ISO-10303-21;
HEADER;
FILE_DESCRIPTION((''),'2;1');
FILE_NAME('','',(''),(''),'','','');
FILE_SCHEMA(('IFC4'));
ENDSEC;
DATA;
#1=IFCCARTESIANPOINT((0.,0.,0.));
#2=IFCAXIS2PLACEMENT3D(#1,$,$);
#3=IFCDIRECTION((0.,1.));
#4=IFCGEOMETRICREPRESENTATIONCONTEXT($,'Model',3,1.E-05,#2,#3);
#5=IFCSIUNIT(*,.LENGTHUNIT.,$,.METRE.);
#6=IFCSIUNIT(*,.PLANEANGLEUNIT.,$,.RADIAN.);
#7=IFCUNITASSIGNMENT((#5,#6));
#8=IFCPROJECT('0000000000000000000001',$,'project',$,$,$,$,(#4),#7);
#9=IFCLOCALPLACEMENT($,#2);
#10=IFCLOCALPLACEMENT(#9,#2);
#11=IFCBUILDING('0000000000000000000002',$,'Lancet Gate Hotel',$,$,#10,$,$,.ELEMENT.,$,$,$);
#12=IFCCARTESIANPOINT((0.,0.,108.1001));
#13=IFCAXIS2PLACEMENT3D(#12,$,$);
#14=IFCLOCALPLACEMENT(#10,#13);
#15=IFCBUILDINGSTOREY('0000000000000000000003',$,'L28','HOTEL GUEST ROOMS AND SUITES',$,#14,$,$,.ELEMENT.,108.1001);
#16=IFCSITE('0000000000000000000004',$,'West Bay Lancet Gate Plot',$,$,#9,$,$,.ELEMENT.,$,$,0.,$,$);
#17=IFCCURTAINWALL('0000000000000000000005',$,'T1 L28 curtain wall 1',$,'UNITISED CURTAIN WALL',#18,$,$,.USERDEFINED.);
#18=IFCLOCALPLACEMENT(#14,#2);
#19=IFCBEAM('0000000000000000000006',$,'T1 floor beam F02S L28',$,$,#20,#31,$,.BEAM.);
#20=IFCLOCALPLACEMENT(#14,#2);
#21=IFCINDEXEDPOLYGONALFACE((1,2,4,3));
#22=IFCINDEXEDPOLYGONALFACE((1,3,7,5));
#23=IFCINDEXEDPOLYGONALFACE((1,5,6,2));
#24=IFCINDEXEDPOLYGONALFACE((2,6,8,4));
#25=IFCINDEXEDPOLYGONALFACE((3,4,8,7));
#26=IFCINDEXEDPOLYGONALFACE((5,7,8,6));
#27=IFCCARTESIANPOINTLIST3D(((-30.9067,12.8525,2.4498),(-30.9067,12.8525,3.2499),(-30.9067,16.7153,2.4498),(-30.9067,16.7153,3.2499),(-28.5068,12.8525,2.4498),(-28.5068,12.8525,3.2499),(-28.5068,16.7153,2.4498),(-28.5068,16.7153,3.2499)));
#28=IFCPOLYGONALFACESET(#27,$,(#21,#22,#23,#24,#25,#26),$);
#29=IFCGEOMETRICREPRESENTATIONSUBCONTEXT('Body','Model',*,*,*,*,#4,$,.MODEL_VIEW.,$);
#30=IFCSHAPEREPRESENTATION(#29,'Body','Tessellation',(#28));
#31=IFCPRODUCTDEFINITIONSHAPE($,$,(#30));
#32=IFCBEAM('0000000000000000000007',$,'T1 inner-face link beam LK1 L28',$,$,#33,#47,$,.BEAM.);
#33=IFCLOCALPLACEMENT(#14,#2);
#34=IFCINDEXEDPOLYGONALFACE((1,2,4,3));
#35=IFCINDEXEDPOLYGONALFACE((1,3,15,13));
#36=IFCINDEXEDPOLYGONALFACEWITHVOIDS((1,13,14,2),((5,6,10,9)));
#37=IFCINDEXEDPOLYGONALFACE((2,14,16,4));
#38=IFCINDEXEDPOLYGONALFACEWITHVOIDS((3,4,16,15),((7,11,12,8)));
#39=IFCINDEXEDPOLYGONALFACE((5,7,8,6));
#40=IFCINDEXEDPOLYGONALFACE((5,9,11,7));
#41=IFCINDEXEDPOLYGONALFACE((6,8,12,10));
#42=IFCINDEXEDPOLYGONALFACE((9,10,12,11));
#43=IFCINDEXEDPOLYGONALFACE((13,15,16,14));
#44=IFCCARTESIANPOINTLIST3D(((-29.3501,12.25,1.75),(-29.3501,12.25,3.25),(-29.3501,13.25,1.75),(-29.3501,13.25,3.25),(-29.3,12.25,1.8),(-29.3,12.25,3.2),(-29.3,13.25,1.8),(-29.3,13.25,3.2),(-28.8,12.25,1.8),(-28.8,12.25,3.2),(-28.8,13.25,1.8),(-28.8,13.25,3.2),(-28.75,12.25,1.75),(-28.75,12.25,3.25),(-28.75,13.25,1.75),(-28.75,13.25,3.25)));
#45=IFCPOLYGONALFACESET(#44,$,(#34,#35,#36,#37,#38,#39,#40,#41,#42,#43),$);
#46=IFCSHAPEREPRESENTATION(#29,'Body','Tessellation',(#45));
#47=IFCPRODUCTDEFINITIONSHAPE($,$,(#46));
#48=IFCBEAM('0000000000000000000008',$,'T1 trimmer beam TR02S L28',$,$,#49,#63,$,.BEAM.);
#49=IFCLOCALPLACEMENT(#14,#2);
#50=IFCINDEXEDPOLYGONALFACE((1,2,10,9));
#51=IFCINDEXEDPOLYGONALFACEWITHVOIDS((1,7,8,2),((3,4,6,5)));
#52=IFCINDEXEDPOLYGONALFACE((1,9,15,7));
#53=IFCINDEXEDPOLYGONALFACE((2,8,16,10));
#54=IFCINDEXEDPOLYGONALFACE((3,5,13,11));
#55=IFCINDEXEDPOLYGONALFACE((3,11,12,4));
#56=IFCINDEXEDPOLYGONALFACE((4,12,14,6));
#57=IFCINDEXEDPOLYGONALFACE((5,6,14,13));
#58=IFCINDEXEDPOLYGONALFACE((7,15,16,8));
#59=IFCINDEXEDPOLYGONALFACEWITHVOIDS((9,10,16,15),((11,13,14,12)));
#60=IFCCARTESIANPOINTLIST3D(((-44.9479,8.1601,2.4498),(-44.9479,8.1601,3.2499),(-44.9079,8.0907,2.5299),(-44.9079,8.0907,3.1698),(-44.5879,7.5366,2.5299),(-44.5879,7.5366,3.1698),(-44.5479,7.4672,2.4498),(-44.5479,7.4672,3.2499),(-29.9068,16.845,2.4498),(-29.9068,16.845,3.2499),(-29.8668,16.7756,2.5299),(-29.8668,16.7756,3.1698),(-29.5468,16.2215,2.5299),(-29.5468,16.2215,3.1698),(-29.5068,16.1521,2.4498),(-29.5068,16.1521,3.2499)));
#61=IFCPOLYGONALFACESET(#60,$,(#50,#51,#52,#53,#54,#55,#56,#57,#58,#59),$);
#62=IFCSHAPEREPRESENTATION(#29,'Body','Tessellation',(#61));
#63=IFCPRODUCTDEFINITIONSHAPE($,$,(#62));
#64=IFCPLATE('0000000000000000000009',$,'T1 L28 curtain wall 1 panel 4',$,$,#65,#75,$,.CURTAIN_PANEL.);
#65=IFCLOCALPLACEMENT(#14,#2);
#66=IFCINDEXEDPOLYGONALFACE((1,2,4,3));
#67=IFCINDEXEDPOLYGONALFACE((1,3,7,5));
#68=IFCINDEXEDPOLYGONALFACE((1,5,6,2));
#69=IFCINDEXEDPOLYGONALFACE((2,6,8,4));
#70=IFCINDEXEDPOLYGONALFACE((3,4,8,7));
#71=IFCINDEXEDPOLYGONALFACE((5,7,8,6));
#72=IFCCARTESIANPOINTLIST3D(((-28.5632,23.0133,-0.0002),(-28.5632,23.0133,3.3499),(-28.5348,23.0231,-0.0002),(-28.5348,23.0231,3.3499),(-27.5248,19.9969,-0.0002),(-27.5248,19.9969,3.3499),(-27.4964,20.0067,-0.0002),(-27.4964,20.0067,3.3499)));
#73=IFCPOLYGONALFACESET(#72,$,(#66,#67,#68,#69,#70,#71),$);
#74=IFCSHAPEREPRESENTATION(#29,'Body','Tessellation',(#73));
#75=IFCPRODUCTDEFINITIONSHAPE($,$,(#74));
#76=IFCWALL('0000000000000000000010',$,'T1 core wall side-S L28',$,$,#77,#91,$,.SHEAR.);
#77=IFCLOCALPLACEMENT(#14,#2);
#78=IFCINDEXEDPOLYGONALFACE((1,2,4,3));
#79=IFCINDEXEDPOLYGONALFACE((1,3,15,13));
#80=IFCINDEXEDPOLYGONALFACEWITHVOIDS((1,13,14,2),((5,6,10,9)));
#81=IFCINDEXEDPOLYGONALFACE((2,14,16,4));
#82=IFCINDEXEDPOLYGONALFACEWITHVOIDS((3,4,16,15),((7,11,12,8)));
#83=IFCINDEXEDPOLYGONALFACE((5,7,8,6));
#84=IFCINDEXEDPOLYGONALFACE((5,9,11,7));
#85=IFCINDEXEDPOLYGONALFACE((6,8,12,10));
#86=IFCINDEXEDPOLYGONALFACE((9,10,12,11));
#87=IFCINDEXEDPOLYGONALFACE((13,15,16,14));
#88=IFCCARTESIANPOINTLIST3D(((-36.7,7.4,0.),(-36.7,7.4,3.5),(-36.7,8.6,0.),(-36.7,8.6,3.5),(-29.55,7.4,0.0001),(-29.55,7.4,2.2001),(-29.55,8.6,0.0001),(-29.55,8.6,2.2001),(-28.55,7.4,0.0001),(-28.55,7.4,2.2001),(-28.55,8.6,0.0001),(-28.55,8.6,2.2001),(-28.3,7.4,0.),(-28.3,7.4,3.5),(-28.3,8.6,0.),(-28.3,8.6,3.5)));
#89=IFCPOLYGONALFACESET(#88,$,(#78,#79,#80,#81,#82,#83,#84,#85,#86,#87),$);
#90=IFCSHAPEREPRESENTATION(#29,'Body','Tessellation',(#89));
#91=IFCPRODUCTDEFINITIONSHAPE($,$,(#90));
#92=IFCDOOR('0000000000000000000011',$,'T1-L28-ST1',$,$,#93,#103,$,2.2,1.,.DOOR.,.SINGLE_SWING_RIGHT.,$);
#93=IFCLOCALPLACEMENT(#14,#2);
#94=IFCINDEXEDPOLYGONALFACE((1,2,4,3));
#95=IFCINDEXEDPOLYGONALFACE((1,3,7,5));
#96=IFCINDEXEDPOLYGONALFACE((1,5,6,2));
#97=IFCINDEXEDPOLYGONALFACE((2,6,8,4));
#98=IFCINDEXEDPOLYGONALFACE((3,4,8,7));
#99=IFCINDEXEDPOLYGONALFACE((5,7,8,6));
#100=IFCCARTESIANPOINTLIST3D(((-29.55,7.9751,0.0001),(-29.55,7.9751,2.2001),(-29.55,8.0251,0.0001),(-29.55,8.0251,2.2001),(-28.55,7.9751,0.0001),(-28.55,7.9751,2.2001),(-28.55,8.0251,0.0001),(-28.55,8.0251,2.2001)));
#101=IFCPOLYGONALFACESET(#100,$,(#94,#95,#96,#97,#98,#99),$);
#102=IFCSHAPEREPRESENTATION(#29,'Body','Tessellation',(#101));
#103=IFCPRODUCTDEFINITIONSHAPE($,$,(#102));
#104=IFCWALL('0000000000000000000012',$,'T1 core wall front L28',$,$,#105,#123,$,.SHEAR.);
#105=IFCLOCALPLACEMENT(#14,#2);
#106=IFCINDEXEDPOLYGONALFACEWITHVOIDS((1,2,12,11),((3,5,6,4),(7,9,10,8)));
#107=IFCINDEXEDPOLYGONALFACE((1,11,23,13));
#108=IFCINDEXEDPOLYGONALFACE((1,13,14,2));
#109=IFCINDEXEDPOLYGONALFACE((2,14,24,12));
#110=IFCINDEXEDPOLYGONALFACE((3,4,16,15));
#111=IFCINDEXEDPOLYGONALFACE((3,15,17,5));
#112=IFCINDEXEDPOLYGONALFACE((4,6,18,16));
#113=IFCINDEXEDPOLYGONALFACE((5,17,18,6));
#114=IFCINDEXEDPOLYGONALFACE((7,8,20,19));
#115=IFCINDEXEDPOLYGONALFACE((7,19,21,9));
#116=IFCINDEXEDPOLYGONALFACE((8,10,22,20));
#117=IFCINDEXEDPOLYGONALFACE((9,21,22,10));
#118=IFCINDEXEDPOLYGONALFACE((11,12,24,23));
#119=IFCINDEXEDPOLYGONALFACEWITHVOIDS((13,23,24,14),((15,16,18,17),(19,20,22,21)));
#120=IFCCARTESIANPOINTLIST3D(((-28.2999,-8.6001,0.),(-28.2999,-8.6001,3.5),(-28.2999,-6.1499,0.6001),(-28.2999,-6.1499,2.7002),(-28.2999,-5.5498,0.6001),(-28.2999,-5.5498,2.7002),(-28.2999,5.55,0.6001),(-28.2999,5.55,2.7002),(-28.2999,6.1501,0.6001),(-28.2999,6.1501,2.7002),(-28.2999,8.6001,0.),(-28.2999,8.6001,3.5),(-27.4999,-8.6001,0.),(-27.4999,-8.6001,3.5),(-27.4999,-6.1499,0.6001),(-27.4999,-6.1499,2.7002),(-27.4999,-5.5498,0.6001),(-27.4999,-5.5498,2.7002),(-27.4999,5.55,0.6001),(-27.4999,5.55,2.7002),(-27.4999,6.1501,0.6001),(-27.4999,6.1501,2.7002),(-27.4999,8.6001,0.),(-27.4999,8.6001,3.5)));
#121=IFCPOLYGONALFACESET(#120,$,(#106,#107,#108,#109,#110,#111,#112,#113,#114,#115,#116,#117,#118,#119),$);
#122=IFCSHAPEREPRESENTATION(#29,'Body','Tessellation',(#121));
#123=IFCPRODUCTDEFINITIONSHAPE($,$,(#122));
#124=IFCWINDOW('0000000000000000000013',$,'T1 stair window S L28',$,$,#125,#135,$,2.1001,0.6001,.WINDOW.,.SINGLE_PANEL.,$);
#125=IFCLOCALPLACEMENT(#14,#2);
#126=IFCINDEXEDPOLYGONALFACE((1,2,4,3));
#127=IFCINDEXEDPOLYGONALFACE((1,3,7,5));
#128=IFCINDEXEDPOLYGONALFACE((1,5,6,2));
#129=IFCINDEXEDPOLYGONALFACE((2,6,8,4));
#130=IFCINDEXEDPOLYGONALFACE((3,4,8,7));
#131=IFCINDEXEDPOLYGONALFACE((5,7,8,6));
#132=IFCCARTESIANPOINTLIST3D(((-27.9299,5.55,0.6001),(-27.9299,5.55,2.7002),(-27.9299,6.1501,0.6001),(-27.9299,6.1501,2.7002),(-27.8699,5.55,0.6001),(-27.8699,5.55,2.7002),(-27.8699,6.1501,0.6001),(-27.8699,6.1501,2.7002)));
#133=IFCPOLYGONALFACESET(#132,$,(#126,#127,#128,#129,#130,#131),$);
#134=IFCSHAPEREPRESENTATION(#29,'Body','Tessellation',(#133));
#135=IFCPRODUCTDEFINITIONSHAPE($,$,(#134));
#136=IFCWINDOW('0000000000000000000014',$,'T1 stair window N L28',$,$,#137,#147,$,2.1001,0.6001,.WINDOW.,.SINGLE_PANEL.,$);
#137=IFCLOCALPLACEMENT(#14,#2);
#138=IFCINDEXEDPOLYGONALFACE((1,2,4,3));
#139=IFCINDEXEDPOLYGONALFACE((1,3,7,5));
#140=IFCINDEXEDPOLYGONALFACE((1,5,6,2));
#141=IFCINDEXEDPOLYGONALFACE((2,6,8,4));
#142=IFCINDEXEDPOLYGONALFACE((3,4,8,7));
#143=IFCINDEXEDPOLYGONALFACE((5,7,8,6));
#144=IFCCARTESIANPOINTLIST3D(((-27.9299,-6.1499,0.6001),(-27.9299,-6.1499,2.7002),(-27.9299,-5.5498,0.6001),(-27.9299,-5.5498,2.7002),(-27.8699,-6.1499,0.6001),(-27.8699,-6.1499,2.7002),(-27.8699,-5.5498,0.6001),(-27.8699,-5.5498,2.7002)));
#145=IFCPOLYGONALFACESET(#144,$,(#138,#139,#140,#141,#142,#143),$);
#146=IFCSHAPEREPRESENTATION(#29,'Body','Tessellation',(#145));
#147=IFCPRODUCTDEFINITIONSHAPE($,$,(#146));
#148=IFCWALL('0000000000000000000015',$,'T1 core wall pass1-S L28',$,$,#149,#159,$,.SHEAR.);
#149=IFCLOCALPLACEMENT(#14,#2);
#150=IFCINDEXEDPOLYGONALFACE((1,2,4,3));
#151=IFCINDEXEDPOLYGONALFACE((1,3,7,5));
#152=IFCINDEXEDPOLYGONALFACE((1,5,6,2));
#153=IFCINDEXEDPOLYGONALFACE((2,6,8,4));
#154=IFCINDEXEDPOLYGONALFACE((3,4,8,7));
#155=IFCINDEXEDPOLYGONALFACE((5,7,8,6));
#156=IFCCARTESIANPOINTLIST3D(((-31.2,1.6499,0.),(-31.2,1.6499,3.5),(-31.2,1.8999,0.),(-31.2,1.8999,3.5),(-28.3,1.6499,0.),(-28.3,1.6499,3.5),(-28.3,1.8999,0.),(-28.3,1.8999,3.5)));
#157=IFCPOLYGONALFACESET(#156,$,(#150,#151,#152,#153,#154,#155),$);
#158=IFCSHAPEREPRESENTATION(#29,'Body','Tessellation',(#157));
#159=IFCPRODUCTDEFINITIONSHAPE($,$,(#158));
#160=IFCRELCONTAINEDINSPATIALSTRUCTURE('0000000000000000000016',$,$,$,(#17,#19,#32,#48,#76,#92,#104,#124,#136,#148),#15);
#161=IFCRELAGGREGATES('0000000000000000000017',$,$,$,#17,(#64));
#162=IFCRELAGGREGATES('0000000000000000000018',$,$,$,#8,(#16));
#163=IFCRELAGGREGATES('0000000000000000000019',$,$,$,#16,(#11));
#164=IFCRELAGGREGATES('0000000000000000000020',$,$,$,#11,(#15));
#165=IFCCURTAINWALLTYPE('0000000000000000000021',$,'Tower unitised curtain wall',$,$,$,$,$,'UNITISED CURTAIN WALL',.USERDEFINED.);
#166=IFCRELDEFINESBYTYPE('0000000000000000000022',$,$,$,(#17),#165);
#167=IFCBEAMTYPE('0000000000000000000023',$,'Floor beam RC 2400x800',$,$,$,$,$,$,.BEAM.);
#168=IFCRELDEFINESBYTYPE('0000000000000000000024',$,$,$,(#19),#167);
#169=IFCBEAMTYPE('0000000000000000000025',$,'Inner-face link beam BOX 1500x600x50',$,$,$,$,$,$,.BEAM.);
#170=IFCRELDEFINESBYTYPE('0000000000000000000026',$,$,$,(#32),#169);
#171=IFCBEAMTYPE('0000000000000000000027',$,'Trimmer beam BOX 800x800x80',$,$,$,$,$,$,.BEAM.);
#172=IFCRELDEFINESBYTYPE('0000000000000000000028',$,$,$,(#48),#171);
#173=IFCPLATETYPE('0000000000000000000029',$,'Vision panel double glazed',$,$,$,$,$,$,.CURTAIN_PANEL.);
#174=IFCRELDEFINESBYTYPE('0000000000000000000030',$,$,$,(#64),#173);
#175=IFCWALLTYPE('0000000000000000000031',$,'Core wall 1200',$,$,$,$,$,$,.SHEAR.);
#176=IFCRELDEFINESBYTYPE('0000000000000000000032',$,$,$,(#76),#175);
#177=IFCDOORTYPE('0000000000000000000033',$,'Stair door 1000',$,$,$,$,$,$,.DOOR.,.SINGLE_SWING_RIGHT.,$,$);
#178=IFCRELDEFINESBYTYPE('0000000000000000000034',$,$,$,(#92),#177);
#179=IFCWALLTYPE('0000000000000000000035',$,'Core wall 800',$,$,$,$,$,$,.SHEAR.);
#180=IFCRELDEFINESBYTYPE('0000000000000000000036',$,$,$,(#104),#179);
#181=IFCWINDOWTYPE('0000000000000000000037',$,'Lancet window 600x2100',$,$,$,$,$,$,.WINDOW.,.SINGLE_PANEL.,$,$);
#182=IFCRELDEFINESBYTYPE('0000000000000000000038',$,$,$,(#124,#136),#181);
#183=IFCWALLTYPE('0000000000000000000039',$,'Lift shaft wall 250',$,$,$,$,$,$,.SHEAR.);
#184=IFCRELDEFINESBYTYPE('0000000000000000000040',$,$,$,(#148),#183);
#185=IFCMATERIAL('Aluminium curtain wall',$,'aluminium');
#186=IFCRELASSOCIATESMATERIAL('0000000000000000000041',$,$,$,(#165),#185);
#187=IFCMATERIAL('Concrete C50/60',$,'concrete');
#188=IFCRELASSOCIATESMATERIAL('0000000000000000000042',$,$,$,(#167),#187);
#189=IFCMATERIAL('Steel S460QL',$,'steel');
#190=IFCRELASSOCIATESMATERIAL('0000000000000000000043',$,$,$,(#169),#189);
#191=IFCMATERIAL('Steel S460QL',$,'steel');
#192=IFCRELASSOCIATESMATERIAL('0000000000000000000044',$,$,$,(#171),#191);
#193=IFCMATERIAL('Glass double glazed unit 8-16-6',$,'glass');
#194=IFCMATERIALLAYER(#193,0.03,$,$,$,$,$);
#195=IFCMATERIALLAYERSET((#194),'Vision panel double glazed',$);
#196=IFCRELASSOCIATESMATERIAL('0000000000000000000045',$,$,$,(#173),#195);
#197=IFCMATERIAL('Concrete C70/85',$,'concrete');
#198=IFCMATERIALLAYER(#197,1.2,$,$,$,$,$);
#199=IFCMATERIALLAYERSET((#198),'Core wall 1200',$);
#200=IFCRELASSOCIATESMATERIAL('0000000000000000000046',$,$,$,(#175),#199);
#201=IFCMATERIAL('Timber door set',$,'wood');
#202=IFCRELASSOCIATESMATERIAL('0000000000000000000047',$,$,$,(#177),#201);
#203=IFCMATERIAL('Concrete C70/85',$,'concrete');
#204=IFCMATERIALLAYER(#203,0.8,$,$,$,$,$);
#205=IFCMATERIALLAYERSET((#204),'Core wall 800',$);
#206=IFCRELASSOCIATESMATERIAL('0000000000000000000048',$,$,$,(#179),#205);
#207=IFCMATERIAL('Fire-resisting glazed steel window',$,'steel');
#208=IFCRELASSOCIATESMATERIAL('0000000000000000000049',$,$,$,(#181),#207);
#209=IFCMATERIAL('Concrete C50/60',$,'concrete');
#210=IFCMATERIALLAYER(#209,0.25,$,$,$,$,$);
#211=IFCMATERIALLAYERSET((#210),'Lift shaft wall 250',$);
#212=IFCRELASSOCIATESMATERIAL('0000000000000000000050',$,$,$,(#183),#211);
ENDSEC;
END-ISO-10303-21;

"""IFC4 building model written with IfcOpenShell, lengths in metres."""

from ifc_helpers import new_model, si_unit, direction, frame, frame_2d, origin, origin_2d, place, context, subcontext, project, spatial, rectangle, hollow_rectangle, extrude, material, layer, layer_set, material_profile, profile_set, type_object, element, fill, aggregate, save


model = new_model("IFC4")

# Units and contexts
model_context = context("Model", 3, precision=1e-05, world=origin(), true_north=direction((0.0, 1.0)))
body_context = subcontext(model_context, "Body", "Model", "MODEL_VIEW")
ifc_project = project(units=[si_unit("LENGTHUNIT", "METRE"), si_unit("PLANEANGLEUNIT", "RADIAN")], contexts=[model_context])

# Site, building, storey
site_placement = place(None, origin())
site = spatial("IfcSite", under=ifc_project, at=site_placement, Name="West Bay Lancet Gate Plot", CompositionType="ELEMENT", RefElevation=0.0)
building_placement = place(site_placement, origin())
building = spatial("IfcBuilding", under=site, at=building_placement, Name="Lancet Gate Hotel", CompositionType="ELEMENT")
storey_placement = place(building_placement, frame((0.0, 0.0, 108.1001)))
storey = spatial("IfcBuildingStorey", under=building, at=storey_placement, Name="L28", Description="HOTEL GUEST ROOMS AND SUITES", CompositionType="ELEMENT", Elevation=108.1001)

# Curtain wall
ifc_material_1 = material(Name="Aluminium curtain wall", Category="aluminium")
curtain_wall_type = type_object("IfcCurtainWallType", Name="Tower unitised curtain wall", ElementType="UNITISED CURTAIN WALL", PredefinedType="USERDEFINED", material=ifc_material_1)
curtain_wall_placement = place(storey_placement, origin())
curtain_wall = element("IfcCurtainWall", 1, at=curtain_wall_placement, inside=storey, type_object=curtain_wall_type, Name="T1 L28 curtain wall 1", ObjectType="UNITISED CURTAIN WALL", PredefinedType="USERDEFINED")

# Beams
ifc_material_2 = material(Name="Concrete C50/60", Category="concrete")
ifc_material_profile_1 = material_profile(ifc_material_2, rectangle(XDim=2.3999, YDim=0.8, at=origin_2d()), Name="RC 2400x800")
ifc_profile_set_1 = profile_set([ifc_material_profile_1], Name="Concrete C50/60")
beam_type_1 = type_object("IfcBeamType", Name="Floor beam RC 2400x800", PredefinedType="BEAM", material=ifc_profile_set_1)
beam_1_placement = place(storey_placement, frame((-29.7068, 16.7153, 2.8499), z_axis=(0.0, -1.0, 0.0), x_axis=(1.0, 0.0, 0.0)))
element("IfcBeam", 2, at=beam_1_placement, inside=storey, type_object=beam_type_1, Name="T1 floor beam F02S L28", PredefinedType="BEAM", context=body_context, shape_type="SweptSolid", body=[
    extrude(rectangle(XDim=2.3999, YDim=0.8, at=origin_2d()), origin(), (0.0, 0.0, 1.0), 3.8628),
])
ifc_material_3 = material(Name="Steel S460QL", Category="steel")
ifc_material_profile_2 = material_profile(ifc_material_3, hollow_rectangle(XDim=0.6001, YDim=1.5, WallThickness=0.05, at=origin_2d()), Name="BOX 1500x600x50")
ifc_profile_set_2 = profile_set([ifc_material_profile_2], Name="Steel S460QL")
beam_type_2 = type_object("IfcBeamType", Name="Inner-face link beam BOX 1500x600x50", PredefinedType="BEAM", material=ifc_profile_set_2)
beam_2_placement = place(storey_placement, frame((-29.05, 13.25, 2.5), z_axis=(0.0, -1.0, 0.0), x_axis=(1.0, 0.0, 0.0)))
element("IfcBeam", 3, at=beam_2_placement, inside=storey, type_object=beam_type_2, Name="T1 inner-face link beam LK1 L28", PredefinedType="BEAM", context=body_context, shape_type="SweptSolid", body=[
    extrude(hollow_rectangle(XDim=0.6001, YDim=1.5, WallThickness=0.05, at=origin_2d()), origin(), (0.0, 0.0, 1.0), 1.0),
])
ifc_material_4 = material(Name="Steel S460QL", Category="steel")
ifc_material_profile_3 = material_profile(ifc_material_4, hollow_rectangle(XDim=0.8, YDim=0.8, WallThickness=0.0801, at=origin_2d()), Name="BOX 800x800x80")
ifc_profile_set_3 = profile_set([ifc_material_profile_3], Name="Steel S460QL")
beam_type_3 = type_object("IfcBeamType", Name="Trimmer beam BOX 800x800x80", PredefinedType="BEAM", material=ifc_profile_set_3)
beam_3_placement = place(storey_placement, frame((-29.7068, 16.4985, 2.8499), z_axis=(-0.866003, -0.500038, 0.0), x_axis=(0.500038, -0.866003, 0.0)))
element("IfcBeam", 4, at=beam_3_placement, inside=storey, type_object=beam_type_3, Name="T1 trimmer beam TR02S L28", PredefinedType="BEAM", context=body_context, shape_type="SweptSolid", body=[
    extrude(hollow_rectangle(XDim=0.8, YDim=0.8, WallThickness=0.0801, at=origin_2d()), origin(), (0.0, 0.0, 1.0), 17.3684),
])

# Plate
ifc_material_5 = material(Name="Glass double glazed unit 8-16-6", Category="glass")
ifc_layer_1 = layer(ifc_material_5, 0.03)
ifc_layer_set_1 = layer_set([ifc_layer_1], Name="Vision panel double glazed")
plate_type = type_object("IfcPlateType", Name="Vision panel double glazed", PredefinedType="CURTAIN_PANEL", material=ifc_layer_set_1)
plate_placement = place(storey_placement, frame((-28.0298, 21.51, -0.0002), z_axis=(0.0, 0.0, 1.0), x_axis=(-0.325516, 0.945537, 0.0)))
plate = element("IfcPlate", 5, at=plate_placement, type_object=plate_type, Name="T1 L28 curtain wall 1 panel 4", PredefinedType="CURTAIN_PANEL", context=body_context, shape_type="SweptSolid", body=[
    extrude(rectangle(XDim=3.1902, YDim=0.03, at=origin_2d()), origin(), (0.0, 0.0, 1.0), 3.3501),
])
aggregate(curtain_wall, [plate])

# Wall, opening, door
ifc_material_6 = material(Name="Concrete C70/85", Category="concrete")
ifc_layer_2 = layer(ifc_material_6, 1.2)
ifc_layer_set_2 = layer_set([ifc_layer_2], Name="Core wall 1200")
wall_type_1 = type_object("IfcWallType", Name="Core wall 1200", PredefinedType="SHEAR", material=ifc_layer_set_2)
wall_1_placement = place(storey_placement, frame((-28.3, 8.0, 0.0), z_axis=(0.0, 0.0, 1.0), x_axis=(-1.0, 0.0, 0.0)))
wall_1 = element("IfcWall", 6, at=wall_1_placement, inside=storey, type_object=wall_type_1, Name="T1 core wall side-S L28", PredefinedType="SHEAR", context=body_context, shape_type="SweptSolid", body=[
    extrude(rectangle(XDim=8.3999, YDim=1.2, at=frame_2d((4.2, 0.0))), origin(), (0.0, 0.0, 1.0), 3.5),
])
opening_1_placement = place(wall_1_placement, frame((0.25, 0.0, 0.0)))
opening_1 = element("IfcOpeningElement", 7, at=opening_1_placement, cuts=wall_1, PredefinedType="OPENING", context=body_context, shape_type="SweptSolid", body=[
    extrude(rectangle(XDim=1.0, YDim=2.2, at=frame_2d((0.5, 1.1001))), frame((0.0, 0.6099, 0.0), z_axis=(0.0, -1.0, 0.0), x_axis=(1.0, 0.0, 0.0)), (0.0, 0.0, 1.0), 1.22),
])
ifc_material_7 = material(Name="Timber door set", Category="wood")
door_type = type_object("IfcDoorType", Name="Stair door 1000", OperationType="SINGLE_SWING_RIGHT", PredefinedType="DOOR", material=ifc_material_7)
door_placement = place(opening_1_placement, origin())
door = element("IfcDoor", 8, at=door_placement, inside=storey, type_object=door_type, Name="T1-L28-ST1", OperationType="SINGLE_SWING_RIGHT", OverallHeight=2.2, OverallWidth=1.0, PredefinedType="DOOR", context=body_context, shape_type="SweptSolid", body=[
    extrude(rectangle(XDim=1.0, YDim=2.2, at=frame_2d((0.5, 1.1001))), frame((0.0, 0.0249, 0.0), z_axis=(0.0, -1.0, 0.0), x_axis=(1.0, 0.0, 0.0)), (0.0, 0.0, 1.0), 0.05),
])
fill(opening_1, door)

# Wall, openings, windows
ifc_material_8 = material(Name="Concrete C70/85", Category="concrete")
ifc_layer_3 = layer(ifc_material_8, 0.8)
ifc_layer_set_3 = layer_set([ifc_layer_3], Name="Core wall 800")
wall_type_2 = type_object("IfcWallType", Name="Core wall 800", PredefinedType="SHEAR", material=ifc_layer_set_3)
wall_2_placement = place(storey_placement, frame((-27.8999, 8.6001, 0.0), z_axis=(0.0, 0.0, 1.0), x_axis=(0.0, -1.0, 0.0)))
wall_2 = element("IfcWall", 9, at=wall_2_placement, inside=storey, type_object=wall_type_2, Name="T1 core wall front L28", PredefinedType="SHEAR", context=body_context, shape_type="SweptSolid", body=[
    extrude(rectangle(XDim=17.2002, YDim=0.8, at=frame_2d((8.6001, 0.0))), origin(), (0.0, 0.0, 1.0), 3.5),
])
opening_2_placement = place(wall_2_placement, frame((2.45, 0.0, 0.6001)))
opening_2 = element("IfcOpeningElement", 10, at=opening_2_placement, cuts=wall_2, PredefinedType="OPENING", context=body_context, shape_type="SweptSolid", body=[
    extrude(rectangle(XDim=0.6001, YDim=2.1001, at=frame_2d((0.3, 1.05))), frame((0.0, 0.4099, 0.0), z_axis=(0.0, -1.0, 0.0), x_axis=(1.0, 0.0, 0.0)), (0.0, 0.0, 1.0), 0.8201),
])
opening_3_placement = place(wall_2_placement, frame((14.1499, 0.0, 0.6001)))
opening_3 = element("IfcOpeningElement", 11, at=opening_3_placement, cuts=wall_2, PredefinedType="OPENING", context=body_context, shape_type="SweptSolid", body=[
    extrude(rectangle(XDim=0.6001, YDim=2.1001, at=frame_2d((0.3, 1.05))), frame((0.0, 0.4099, 0.0), z_axis=(0.0, -1.0, 0.0), x_axis=(1.0, 0.0, 0.0)), (0.0, 0.0, 1.0), 0.8201),
])
ifc_material_9 = material(Name="Fire-resisting glazed steel window", Category="steel")
window_type = type_object("IfcWindowType", Name="Lancet window 600x2100", PartitioningType="SINGLE_PANEL", PredefinedType="WINDOW", material=ifc_material_9)
window_1_placement = place(opening_2_placement, origin())
window_1 = element("IfcWindow", 12, at=window_1_placement, inside=storey, type_object=window_type, Name="T1 stair window S L28", OverallHeight=2.1001, OverallWidth=0.6001, PartitioningType="SINGLE_PANEL", PredefinedType="WINDOW", context=body_context, shape_type="SweptSolid", body=[
    extrude(rectangle(XDim=0.6001, YDim=2.1001, at=frame_2d((0.3, 1.05))), frame((0.0, 0.03, 0.0), z_axis=(0.0, -1.0, 0.0), x_axis=(1.0, 0.0, 0.0)), (0.0, 0.0, 1.0), 0.0601),
])
fill(opening_2, window_1)
window_2_placement = place(opening_3_placement, origin())
window_2 = element("IfcWindow", 13, at=window_2_placement, inside=storey, type_object=window_type, Name="T1 stair window N L28", OverallHeight=2.1001, OverallWidth=0.6001, PartitioningType="SINGLE_PANEL", PredefinedType="WINDOW", context=body_context, shape_type="SweptSolid", body=[
    extrude(rectangle(XDim=0.6001, YDim=2.1001, at=frame_2d((0.3, 1.05))), frame((0.0, 0.03, 0.0), z_axis=(0.0, -1.0, 0.0), x_axis=(1.0, 0.0, 0.0)), (0.0, 0.0, 1.0), 0.0601),
])
fill(opening_3, window_2)

# Wall
ifc_material_10 = material(Name="Concrete C50/60", Category="concrete")
ifc_layer_4 = layer(ifc_material_10, 0.25)
ifc_layer_set_4 = layer_set([ifc_layer_4], Name="Lift shaft wall 250")
wall_type_3 = type_object("IfcWallType", Name="Lift shaft wall 250", PredefinedType="SHEAR", material=ifc_layer_set_4)
wall_3_placement = place(storey_placement, frame((-28.3, 1.7749, 0.0), z_axis=(0.0, 0.0, 1.0), x_axis=(-1.0, 0.0, 0.0)))
element("IfcWall", 14, at=wall_3_placement, inside=storey, type_object=wall_type_3, Name="T1 core wall pass1-S L28", PredefinedType="SHEAR", context=body_context, shape_type="SweptSolid", body=[
    extrude(rectangle(XDim=2.8999, YDim=0.25, at=frame_2d((1.45, 0.0))), origin(), (0.0, 0.0, 1.0), 3.5),
])

save(model, "model.ifc")
